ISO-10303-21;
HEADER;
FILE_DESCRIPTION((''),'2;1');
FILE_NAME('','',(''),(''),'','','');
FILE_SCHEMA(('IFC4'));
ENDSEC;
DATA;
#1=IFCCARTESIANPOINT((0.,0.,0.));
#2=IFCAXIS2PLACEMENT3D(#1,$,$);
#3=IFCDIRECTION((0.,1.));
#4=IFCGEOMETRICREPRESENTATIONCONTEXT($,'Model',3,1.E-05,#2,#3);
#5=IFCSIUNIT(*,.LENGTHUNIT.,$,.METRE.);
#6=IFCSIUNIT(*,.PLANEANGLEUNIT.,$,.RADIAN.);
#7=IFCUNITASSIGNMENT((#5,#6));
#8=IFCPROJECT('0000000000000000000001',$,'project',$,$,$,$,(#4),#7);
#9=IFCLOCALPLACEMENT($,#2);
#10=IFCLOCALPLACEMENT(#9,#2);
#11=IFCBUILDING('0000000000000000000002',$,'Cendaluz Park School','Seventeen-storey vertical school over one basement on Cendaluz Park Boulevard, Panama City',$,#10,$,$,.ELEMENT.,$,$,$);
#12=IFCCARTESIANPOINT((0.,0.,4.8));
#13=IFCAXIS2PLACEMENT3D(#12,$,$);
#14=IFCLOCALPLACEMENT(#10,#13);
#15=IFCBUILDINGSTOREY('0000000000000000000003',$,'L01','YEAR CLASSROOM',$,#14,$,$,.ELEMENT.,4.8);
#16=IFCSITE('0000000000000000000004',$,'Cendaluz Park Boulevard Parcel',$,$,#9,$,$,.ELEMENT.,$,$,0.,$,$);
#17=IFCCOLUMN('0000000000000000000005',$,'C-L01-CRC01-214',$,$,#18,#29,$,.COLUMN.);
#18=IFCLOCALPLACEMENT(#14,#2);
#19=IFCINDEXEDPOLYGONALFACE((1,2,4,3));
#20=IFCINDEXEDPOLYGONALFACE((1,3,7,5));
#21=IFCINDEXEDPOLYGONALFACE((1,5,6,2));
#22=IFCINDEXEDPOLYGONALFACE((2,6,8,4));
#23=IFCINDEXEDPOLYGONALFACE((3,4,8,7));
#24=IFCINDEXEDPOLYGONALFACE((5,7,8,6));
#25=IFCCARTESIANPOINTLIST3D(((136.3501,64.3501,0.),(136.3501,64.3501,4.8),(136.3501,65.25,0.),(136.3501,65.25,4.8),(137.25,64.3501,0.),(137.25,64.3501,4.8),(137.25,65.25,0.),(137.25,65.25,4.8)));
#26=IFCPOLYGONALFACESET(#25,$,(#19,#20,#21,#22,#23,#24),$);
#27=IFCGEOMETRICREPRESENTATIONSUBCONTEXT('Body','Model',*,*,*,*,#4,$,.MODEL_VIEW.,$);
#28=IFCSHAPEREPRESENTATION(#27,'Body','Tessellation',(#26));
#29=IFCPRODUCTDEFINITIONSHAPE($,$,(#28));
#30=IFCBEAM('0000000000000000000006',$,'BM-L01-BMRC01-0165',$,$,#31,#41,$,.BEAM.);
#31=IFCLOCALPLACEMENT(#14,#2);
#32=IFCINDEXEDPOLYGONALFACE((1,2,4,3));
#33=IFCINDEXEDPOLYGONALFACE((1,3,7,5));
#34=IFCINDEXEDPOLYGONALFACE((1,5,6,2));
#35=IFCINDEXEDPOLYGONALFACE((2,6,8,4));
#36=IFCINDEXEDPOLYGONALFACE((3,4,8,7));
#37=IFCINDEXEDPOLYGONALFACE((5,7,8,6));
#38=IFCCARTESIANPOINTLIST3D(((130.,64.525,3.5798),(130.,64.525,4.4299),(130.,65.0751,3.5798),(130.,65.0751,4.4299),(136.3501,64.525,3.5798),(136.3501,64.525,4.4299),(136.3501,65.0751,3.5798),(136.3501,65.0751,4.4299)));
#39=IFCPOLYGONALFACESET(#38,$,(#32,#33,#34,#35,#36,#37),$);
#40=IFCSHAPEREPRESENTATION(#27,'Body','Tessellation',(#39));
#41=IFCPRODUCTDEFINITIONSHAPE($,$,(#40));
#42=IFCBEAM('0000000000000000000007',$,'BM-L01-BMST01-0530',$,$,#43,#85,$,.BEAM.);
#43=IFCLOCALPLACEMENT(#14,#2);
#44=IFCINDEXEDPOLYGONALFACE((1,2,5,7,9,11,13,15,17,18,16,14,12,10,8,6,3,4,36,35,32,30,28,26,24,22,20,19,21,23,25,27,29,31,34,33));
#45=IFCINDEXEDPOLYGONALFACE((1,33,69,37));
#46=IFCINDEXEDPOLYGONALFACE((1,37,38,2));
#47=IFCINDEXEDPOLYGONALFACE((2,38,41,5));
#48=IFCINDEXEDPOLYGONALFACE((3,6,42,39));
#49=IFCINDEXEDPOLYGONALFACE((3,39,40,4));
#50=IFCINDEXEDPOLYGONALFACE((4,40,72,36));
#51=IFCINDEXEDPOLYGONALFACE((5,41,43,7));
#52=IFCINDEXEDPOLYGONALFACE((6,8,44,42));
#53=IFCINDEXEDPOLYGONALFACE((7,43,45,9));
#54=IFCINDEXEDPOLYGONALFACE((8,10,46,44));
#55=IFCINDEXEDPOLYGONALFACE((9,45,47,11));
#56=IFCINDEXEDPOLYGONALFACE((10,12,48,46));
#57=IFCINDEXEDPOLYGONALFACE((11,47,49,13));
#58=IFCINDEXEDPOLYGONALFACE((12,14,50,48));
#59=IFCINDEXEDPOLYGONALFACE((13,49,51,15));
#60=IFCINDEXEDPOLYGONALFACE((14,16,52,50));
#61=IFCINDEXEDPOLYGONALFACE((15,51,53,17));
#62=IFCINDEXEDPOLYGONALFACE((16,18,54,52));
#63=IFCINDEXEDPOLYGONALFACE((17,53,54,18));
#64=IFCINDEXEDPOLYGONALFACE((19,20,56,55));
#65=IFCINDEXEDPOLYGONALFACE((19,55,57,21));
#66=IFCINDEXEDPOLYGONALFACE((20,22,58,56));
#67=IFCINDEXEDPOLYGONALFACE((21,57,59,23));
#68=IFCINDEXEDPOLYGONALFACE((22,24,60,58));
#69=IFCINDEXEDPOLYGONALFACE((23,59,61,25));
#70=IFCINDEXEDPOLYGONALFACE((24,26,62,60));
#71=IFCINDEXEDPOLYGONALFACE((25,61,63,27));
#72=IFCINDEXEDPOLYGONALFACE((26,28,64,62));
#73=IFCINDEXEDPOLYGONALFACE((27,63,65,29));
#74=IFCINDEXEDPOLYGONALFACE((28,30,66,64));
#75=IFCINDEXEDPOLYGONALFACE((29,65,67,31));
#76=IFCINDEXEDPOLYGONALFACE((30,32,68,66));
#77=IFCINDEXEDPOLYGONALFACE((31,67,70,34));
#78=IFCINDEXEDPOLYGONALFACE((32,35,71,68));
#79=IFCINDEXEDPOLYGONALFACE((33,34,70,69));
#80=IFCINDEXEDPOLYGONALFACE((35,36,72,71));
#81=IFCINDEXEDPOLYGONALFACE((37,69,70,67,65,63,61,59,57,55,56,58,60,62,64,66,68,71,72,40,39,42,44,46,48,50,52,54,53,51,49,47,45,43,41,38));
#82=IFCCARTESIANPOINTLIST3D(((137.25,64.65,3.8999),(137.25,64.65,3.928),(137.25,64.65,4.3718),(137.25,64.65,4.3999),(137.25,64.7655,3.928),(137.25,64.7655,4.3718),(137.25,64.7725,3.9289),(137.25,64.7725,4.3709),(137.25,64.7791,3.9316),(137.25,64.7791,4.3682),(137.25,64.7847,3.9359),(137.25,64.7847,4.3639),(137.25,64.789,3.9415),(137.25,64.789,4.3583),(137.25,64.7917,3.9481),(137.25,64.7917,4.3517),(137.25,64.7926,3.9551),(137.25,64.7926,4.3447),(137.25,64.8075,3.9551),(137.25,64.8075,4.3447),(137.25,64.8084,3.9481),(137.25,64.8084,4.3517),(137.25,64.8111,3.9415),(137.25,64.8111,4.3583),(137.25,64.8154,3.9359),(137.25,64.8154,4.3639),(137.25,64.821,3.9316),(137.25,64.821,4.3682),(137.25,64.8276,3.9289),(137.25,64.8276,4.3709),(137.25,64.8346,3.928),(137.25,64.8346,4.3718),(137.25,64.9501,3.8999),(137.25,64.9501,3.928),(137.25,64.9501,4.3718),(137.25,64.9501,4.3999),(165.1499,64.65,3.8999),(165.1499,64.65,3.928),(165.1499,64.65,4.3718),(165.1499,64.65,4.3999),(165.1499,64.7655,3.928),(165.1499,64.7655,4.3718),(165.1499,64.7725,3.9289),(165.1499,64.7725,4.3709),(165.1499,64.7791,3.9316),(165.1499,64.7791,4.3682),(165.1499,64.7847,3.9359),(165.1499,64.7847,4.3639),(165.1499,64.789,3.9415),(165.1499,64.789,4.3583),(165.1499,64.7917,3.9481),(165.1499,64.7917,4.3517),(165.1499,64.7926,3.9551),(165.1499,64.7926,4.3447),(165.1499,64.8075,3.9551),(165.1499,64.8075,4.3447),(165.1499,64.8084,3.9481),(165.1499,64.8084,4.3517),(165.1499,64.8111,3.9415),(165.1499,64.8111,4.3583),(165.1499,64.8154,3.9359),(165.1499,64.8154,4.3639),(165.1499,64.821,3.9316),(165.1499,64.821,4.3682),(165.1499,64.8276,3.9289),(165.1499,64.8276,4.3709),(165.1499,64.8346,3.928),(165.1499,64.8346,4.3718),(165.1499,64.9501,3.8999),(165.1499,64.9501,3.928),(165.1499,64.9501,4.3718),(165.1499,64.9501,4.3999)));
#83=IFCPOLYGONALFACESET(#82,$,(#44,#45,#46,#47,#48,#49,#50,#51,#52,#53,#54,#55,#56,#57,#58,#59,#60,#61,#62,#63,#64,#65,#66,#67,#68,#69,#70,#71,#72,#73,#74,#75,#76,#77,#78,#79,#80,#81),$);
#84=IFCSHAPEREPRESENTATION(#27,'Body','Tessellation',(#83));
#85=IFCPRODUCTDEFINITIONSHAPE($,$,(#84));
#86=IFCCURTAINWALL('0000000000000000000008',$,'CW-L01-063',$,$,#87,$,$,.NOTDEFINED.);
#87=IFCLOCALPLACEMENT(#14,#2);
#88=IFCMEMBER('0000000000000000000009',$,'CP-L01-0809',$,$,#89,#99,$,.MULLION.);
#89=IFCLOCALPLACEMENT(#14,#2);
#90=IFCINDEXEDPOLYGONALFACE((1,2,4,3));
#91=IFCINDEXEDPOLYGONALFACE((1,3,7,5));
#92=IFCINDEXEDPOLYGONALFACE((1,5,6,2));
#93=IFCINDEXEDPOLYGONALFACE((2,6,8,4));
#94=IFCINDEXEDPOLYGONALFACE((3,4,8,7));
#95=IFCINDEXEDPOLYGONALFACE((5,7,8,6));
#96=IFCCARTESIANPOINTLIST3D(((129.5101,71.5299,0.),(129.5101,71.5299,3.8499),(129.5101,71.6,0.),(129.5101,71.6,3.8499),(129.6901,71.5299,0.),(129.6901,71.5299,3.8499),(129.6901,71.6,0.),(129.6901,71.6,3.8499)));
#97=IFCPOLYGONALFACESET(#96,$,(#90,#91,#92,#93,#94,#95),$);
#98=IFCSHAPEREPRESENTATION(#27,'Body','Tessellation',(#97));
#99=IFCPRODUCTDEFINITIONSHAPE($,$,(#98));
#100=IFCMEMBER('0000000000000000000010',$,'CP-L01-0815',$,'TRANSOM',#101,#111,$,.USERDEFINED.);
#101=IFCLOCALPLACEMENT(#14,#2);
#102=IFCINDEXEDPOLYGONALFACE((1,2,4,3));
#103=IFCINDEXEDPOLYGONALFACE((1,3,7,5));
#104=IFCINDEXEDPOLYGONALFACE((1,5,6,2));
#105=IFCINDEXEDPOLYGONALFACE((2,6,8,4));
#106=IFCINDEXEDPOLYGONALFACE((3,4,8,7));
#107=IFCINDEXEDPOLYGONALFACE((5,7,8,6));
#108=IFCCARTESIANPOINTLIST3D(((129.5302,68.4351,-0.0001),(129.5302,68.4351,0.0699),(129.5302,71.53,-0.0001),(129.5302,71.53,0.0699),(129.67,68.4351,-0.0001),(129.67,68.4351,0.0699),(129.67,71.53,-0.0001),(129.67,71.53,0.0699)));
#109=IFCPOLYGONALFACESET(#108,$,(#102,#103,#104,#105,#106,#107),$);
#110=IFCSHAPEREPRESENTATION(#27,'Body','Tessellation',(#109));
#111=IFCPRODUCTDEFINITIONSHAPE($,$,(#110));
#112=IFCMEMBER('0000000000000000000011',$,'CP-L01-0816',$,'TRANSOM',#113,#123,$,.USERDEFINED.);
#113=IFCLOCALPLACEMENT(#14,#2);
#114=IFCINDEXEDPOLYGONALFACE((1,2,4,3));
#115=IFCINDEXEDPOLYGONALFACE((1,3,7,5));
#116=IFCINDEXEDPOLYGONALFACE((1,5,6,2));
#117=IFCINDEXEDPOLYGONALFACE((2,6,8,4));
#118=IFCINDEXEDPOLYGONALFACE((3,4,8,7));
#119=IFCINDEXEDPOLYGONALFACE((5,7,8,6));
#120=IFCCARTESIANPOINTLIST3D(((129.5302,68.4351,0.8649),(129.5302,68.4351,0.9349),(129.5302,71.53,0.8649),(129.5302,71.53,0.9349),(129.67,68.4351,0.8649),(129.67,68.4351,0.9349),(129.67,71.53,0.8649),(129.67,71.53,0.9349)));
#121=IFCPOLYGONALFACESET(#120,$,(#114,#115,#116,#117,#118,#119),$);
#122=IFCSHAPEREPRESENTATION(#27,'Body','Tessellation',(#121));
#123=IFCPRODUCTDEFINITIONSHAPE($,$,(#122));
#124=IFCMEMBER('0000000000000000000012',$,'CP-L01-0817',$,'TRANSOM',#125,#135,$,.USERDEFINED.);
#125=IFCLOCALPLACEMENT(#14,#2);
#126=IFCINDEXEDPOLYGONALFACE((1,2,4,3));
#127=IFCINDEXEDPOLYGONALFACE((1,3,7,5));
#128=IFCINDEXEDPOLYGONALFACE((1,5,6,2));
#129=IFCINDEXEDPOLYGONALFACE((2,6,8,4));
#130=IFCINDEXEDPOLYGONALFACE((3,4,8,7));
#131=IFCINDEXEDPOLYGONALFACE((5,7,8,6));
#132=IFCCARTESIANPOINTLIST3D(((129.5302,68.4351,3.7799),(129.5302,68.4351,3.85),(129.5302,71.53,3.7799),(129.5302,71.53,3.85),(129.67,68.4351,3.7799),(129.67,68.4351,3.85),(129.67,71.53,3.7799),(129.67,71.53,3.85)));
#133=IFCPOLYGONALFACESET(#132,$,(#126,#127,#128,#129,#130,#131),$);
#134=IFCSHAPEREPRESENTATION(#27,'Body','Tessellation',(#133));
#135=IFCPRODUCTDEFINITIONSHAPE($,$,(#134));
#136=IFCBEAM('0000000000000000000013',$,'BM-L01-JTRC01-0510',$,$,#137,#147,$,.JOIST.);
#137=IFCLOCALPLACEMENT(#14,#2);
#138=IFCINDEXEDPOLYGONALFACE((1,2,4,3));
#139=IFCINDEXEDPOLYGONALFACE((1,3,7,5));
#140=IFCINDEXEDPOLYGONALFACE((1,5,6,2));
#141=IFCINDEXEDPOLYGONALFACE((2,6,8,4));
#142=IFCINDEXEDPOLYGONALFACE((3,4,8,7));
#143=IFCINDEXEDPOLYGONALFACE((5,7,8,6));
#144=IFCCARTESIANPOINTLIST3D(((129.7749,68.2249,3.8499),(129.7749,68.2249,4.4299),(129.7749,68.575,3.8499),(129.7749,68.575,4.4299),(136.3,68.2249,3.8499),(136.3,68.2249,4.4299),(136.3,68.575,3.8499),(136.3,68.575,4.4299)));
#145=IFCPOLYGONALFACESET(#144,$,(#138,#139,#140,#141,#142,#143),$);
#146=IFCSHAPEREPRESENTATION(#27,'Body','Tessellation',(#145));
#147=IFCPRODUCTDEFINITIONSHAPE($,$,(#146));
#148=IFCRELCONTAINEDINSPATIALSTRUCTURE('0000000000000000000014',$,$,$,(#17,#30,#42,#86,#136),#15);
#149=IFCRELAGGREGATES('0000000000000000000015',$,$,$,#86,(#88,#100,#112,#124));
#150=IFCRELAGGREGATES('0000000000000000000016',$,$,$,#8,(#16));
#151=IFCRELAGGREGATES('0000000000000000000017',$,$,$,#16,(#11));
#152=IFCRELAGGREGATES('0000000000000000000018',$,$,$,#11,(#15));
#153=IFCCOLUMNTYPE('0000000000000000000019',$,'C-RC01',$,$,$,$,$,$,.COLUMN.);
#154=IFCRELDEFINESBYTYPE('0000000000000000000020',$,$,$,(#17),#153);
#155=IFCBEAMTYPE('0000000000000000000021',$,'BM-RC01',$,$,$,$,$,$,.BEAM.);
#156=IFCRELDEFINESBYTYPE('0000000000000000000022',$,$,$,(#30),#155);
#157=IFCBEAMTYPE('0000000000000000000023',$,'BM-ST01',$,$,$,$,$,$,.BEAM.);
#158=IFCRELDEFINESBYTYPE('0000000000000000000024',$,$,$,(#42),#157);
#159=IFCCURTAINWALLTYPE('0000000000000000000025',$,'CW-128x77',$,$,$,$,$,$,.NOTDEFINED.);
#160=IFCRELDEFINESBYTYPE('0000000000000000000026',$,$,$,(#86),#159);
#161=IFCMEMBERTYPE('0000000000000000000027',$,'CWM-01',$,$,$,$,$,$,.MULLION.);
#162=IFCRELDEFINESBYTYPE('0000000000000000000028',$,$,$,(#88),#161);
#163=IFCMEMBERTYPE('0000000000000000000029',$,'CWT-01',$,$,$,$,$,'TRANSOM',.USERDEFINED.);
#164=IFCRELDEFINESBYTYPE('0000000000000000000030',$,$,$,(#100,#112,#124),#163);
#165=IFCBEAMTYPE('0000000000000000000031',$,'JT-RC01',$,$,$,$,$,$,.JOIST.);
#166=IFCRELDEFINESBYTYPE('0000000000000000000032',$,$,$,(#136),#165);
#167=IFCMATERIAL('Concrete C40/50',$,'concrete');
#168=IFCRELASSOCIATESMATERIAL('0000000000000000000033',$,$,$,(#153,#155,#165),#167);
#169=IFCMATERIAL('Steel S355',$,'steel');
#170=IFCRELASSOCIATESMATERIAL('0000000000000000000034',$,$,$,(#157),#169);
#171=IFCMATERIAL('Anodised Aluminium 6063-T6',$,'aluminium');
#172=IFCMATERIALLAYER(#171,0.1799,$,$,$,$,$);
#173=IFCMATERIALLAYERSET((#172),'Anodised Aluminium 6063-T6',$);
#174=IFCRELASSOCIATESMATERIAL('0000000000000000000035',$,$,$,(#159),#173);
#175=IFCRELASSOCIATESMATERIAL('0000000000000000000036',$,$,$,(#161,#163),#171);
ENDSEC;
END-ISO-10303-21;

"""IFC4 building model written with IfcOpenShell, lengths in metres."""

from ifc_helpers import new_model, si_unit, direction, frame, origin, origin_2d, place, context, subcontext, project, spatial, rectangle, i_section, extrude, material, layer, layer_set, material_profile, profile_set, type_object, element, aggregate, save


model = new_model("IFC4")

# Units and contexts
model_context = context("Model", 3, precision=1e-05, world=origin(), true_north=direction((0.0, 1.0)))
body_context = subcontext(model_context, "Body", "Model", "MODEL_VIEW")
ifc_project = project(units=[si_unit("LENGTHUNIT", "METRE"), si_unit("PLANEANGLEUNIT", "RADIAN")], contexts=[model_context])

# Site, building, storey
site_placement = place(None, origin())
site = spatial("IfcSite", under=ifc_project, at=site_placement, Name="Cendaluz Park Boulevard Parcel", CompositionType="ELEMENT", RefElevation=0.0)
building_placement = place(site_placement, origin())
building = spatial("IfcBuilding", under=site, at=building_placement, Name="Cendaluz Park School", Description="Seventeen-storey vertical school over one basement on Cendaluz Park Boulevard, Panama City", CompositionType="ELEMENT")
storey_placement = place(building_placement, frame((0.0, 0.0, 4.8)))
storey = spatial("IfcBuildingStorey", under=building, at=storey_placement, Name="L01", Description="YEAR CLASSROOM", CompositionType="ELEMENT", Elevation=4.8)

# Column
ifc_material_1 = material(Name="Concrete C40/50", Category="concrete")
ifc_material_profile_1 = material_profile(ifc_material_1, rectangle(XDim=0.8999, YDim=0.8999, at=origin_2d()), Name="RC 900x900", Category="concrete")
ifc_profile_set_1 = profile_set([ifc_material_profile_1], Name="Concrete C40/50")
column_type = type_object("IfcColumnType", Name="C-RC01", PredefinedType="COLUMN", material=ifc_profile_set_1)
column_placement = place(storey_placement, frame((136.8, 64.8, 0.0), z_axis=(0.0, 0.0, 1.0), x_axis=(1.0, 0.0, 0.0)))
element("IfcColumn", 1, at=column_placement, inside=storey, type_object=column_type, Name="C-L01-CRC01-214", PredefinedType="COLUMN", context=body_context, shape_type="SweptSolid", body=[
    extrude(rectangle(XDim=0.8999, YDim=0.8999, at=origin_2d()), origin(), (0.0, 0.0, 1.0), 4.8),
])

# Beams
ifc_material_profile_2 = material_profile(ifc_material_1, rectangle(XDim=0.55, YDim=0.8501, at=origin_2d()), Name="RC 550x850", Category="concrete")
ifc_profile_set_2 = profile_set([ifc_material_profile_2], Name="Concrete C40/50")
beam_type_1 = type_object("IfcBeamType", Name="BM-RC01", PredefinedType="BEAM", material=ifc_profile_set_2)
beam_1_placement = place(storey_placement, frame((130.0, 64.8, 4.0049), z_axis=(1.0, 0.0, 0.0), x_axis=(0.0, 1.0, 0.0)))
element("IfcBeam", 2, at=beam_1_placement, inside=storey, type_object=beam_type_1, Name="BM-L01-BMRC01-0165", PredefinedType="BEAM", context=body_context, shape_type="SweptSolid", body=[
    extrude(rectangle(XDim=0.55, YDim=0.8501, at=origin_2d()), origin(), (0.0, 0.0, 1.0), 6.3501),
])
ifc_material_2 = material(Name="Steel S355", Category="steel")
ifc_material_profile_3 = material_profile(ifc_material_2, i_section(OverallWidth=0.3, OverallDepth=0.5, WebThickness=0.0149, FlangeThickness=0.0281, FilletRadius=0.0271, at=origin_2d()), Name="HEB 500", Category="steel")
ifc_profile_set_3 = profile_set([ifc_material_profile_3], Name="Steel S355")
beam_type_2 = type_object("IfcBeamType", Name="BM-ST01", PredefinedType="BEAM", material=ifc_profile_set_3)
beam_2_placement = place(storey_placement, frame((137.25, 64.8, 4.1499), z_axis=(1.0, 0.0, 0.0), x_axis=(0.0, 1.0, 0.0)))
element("IfcBeam", 3, at=beam_2_placement, inside=storey, type_object=beam_type_2, Name="BM-L01-BMST01-0530", PredefinedType="BEAM", context=body_context, shape_type="SweptSolid", body=[
    extrude(i_section(OverallWidth=0.3, OverallDepth=0.5, WebThickness=0.0149, FlangeThickness=0.0281, FilletRadius=0.0271, at=origin_2d()), origin(), (0.0, 0.0, 1.0), 27.8999),
])

# Curtain wall, members
ifc_material_3 = material(Name="Anodised Aluminium 6063-T6", Category="aluminium")
ifc_layer_1 = layer(ifc_material_3, 0.1799)
ifc_layer_set_1 = layer_set([ifc_layer_1], Name="Anodised Aluminium 6063-T6")
curtain_wall_type = type_object("IfcCurtainWallType", Name="CW-128x77", PredefinedType="NOTDEFINED", material=ifc_layer_set_1)
curtain_wall_placement = place(storey_placement, origin())
curtain_wall = element("IfcCurtainWall", 4, at=curtain_wall_placement, inside=storey, type_object=curtain_wall_type, Name="CW-L01-063", PredefinedType="NOTDEFINED")
ifc_material_profile_4 = material_profile(ifc_material_3, rectangle(XDim=0.1799, YDim=0.0701, at=origin_2d()), Name="CWM 180x70", Category="aluminium")
ifc_profile_set_4 = profile_set([ifc_material_profile_4], Name="Anodised Aluminium 6063-T6")
member_type_1 = type_object("IfcMemberType", Name="CWM-01", PredefinedType="MULLION", material=ifc_profile_set_4)
member_1_placement = place(storey_placement, frame((129.6001, 71.5649, 0.0), z_axis=(0.0, 0.0, 1.0), x_axis=(-1.0, 0.0, 0.0)))
member_1 = element("IfcMember", 5, at=member_1_placement, type_object=member_type_1, Name="CP-L01-0809", PredefinedType="MULLION", context=body_context, shape_type="SweptSolid", body=[
    extrude(rectangle(XDim=0.1799, YDim=0.0701, at=origin_2d()), origin(), (0.0, 0.0, 1.0), 3.8499),
])
ifc_material_profile_5 = material_profile(ifc_material_3, rectangle(XDim=0.1399, YDim=0.0701, at=origin_2d()), Name="CWT 140x70", Category="aluminium")
ifc_profile_set_5 = profile_set([ifc_material_profile_5], Name="Anodised Aluminium 6063-T6")
member_type_2 = type_object("IfcMemberType", Name="CWT-01", ElementType="TRANSOM", PredefinedType="USERDEFINED", material=ifc_profile_set_5)
member_2_placement = place(storey_placement, frame((129.6001, 68.4351, 0.0349), z_axis=(0.0, 1.0, 0.0), x_axis=(-1.0, 0.0, 0.0)))
member_2 = element("IfcMember", 6, at=member_2_placement, type_object=member_type_2, Name="CP-L01-0815", ObjectType="TRANSOM", PredefinedType="USERDEFINED", context=body_context, shape_type="SweptSolid", body=[
    extrude(rectangle(XDim=0.1399, YDim=0.0701, at=origin_2d()), origin(), (0.0, 0.0, 1.0), 3.095),
])
member_3_placement = place(storey_placement, frame((129.6001, 68.4351, 0.8999), z_axis=(0.0, 1.0, 0.0), x_axis=(-1.0, 0.0, 0.0)))
member_3 = element("IfcMember", 7, at=member_3_placement, type_object=member_type_2, Name="CP-L01-0816", ObjectType="TRANSOM", PredefinedType="USERDEFINED", context=body_context, shape_type="SweptSolid", body=[
    extrude(rectangle(XDim=0.1399, YDim=0.0701, at=origin_2d()), origin(), (0.0, 0.0, 1.0), 3.095),
])
member_4_placement = place(storey_placement, frame((129.6001, 68.4351, 3.8149), z_axis=(0.0, 1.0, 0.0), x_axis=(-1.0, 0.0, 0.0)))
member_4 = element("IfcMember", 8, at=member_4_placement, type_object=member_type_2, Name="CP-L01-0817", ObjectType="TRANSOM", PredefinedType="USERDEFINED", context=body_context, shape_type="SweptSolid", body=[
    extrude(rectangle(XDim=0.1399, YDim=0.0701, at=origin_2d()), origin(), (0.0, 0.0, 1.0), 3.095),
])

# Beam
ifc_material_profile_6 = material_profile(ifc_material_1, rectangle(XDim=0.3501, YDim=0.5801, at=origin_2d()), Name="RC 350x580", Category="concrete")
ifc_profile_set_6 = profile_set([ifc_material_profile_6], Name="Concrete C40/50")
beam_type_3 = type_object("IfcBeamType", Name="JT-RC01", PredefinedType="JOIST", material=ifc_profile_set_6)
beam_3_placement = place(storey_placement, frame((129.7749, 68.3999, 4.1399), z_axis=(1.0, 0.0, 0.0), x_axis=(0.0, 1.0, 0.0)))
element("IfcBeam", 9, at=beam_3_placement, inside=storey, type_object=beam_type_3, Name="BM-L01-JTRC01-0510", PredefinedType="JOIST", context=body_context, shape_type="SweptSolid", body=[
    extrude(rectangle(XDim=0.3501, YDim=0.5801, at=origin_2d()), origin(), (0.0, 0.0, 1.0), 6.5251),
])

aggregate(curtain_wall, [member_1, member_2, member_3, member_4])

save(model, "model.ifc")
